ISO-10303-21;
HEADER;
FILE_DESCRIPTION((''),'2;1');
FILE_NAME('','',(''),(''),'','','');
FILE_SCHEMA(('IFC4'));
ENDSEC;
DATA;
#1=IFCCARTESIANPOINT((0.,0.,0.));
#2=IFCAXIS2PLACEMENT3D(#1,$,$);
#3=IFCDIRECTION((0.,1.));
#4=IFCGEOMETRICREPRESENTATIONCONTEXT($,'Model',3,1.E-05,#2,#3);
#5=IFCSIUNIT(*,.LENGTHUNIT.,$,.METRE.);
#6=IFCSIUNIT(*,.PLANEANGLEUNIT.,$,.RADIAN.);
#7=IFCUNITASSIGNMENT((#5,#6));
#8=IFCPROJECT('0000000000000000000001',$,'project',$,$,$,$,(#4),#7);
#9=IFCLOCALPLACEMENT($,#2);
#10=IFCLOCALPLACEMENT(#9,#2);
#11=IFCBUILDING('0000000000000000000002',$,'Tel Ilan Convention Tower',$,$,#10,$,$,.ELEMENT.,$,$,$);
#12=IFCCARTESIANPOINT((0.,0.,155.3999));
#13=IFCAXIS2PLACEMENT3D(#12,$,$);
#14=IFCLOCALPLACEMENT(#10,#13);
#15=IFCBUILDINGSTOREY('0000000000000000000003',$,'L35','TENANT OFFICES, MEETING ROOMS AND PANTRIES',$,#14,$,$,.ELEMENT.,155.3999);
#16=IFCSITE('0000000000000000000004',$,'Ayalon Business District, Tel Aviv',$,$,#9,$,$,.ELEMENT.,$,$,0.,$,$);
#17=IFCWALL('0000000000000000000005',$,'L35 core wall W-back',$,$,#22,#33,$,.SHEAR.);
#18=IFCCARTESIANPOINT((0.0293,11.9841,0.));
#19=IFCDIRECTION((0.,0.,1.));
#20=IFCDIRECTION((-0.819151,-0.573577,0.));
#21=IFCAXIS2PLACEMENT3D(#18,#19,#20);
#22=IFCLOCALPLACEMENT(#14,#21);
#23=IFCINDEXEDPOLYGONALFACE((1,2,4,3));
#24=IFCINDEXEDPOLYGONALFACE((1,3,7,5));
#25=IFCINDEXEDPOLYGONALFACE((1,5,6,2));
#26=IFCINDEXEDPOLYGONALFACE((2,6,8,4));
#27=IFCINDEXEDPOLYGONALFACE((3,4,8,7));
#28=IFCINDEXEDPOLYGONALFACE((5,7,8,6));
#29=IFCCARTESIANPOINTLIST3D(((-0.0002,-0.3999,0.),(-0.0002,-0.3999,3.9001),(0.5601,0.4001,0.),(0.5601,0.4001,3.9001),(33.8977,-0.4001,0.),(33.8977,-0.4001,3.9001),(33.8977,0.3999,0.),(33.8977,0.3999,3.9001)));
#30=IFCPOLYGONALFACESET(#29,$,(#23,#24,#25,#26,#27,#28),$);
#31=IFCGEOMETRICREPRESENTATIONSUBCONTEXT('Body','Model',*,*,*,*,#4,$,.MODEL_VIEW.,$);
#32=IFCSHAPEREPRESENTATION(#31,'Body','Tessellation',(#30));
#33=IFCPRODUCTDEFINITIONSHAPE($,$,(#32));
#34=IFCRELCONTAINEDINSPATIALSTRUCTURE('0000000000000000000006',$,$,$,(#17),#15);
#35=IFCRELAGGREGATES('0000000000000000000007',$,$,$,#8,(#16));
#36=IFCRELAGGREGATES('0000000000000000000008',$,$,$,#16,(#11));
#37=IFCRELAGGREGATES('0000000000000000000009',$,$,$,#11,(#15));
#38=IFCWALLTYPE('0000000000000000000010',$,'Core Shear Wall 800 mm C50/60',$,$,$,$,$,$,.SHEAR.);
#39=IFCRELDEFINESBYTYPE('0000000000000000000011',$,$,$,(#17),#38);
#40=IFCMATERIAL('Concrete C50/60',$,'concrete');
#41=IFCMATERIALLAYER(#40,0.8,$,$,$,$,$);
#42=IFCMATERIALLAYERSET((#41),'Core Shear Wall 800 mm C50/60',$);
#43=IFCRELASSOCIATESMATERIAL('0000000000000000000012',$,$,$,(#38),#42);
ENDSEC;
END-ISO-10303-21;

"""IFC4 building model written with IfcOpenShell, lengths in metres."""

from ifc_helpers import new_model, si_unit, direction, frame, origin, place, context, subcontext, project, spatial, polyline, outline, extrude, material, layer, layer_set, type_object, element, save


model = new_model("IFC4")

# Units and contexts
model_context = context("Model", 3, precision=1e-05, world=origin(), true_north=direction((0.0, 1.0)))
body_context = subcontext(model_context, "Body", "Model", "MODEL_VIEW")
ifc_project = project(units=[si_unit("LENGTHUNIT", "METRE"), si_unit("PLANEANGLEUNIT", "RADIAN")], contexts=[model_context])

# Site, building, storey
site_placement = place(None, origin())
site = spatial("IfcSite", under=ifc_project, at=site_placement, Name="Ayalon Business District, Tel Aviv", CompositionType="ELEMENT", RefElevation=0.0)
building_placement = place(site_placement, origin())
building = spatial("IfcBuilding", under=site, at=building_placement, Name="Tel Ilan Convention Tower", CompositionType="ELEMENT")
storey_placement = place(building_placement, frame((0.0, 0.0, 155.3999)))
storey = spatial("IfcBuildingStorey", under=building, at=storey_placement, Name="L35", Description="TENANT OFFICES, MEETING ROOMS AND PANTRIES", CompositionType="ELEMENT", Elevation=155.3999)

# Wall
ifc_material_1 = material(Name="Concrete C50/60", Category="concrete")
ifc_layer_1 = layer(ifc_material_1, 0.8)
ifc_layer_set_1 = layer_set([ifc_layer_1], Name="Core Shear Wall 800 mm C50/60")
wall_type_1 = type_object("IfcWallType", Name="Core Shear Wall 800 mm C50/60", PredefinedType="SHEAR", material=ifc_layer_set_1)
wall_1_placement = place(storey_placement, frame((0.0293, 11.9841, 0.0), z_axis=(0.0, 0.0, 1.0), x_axis=(-0.819151, -0.573577, 0.0)))
element("IfcWall", 1, at=wall_1_placement, inside=storey, type_object=wall_type_1, Name="L35 core wall W-back", PredefinedType="SHEAR", context=body_context, shape_type="SweptSolid", body=[
    extrude(outline(polyline([(33.8977, 0.3999), (0.5601, 0.4001), (-0.0002, -0.3999), (33.8977, -0.4001), (33.8977, 0.3999)])), origin(), (0.0, 0.0, 1.0), 3.9001),
])

save(model, "model.ifc")
